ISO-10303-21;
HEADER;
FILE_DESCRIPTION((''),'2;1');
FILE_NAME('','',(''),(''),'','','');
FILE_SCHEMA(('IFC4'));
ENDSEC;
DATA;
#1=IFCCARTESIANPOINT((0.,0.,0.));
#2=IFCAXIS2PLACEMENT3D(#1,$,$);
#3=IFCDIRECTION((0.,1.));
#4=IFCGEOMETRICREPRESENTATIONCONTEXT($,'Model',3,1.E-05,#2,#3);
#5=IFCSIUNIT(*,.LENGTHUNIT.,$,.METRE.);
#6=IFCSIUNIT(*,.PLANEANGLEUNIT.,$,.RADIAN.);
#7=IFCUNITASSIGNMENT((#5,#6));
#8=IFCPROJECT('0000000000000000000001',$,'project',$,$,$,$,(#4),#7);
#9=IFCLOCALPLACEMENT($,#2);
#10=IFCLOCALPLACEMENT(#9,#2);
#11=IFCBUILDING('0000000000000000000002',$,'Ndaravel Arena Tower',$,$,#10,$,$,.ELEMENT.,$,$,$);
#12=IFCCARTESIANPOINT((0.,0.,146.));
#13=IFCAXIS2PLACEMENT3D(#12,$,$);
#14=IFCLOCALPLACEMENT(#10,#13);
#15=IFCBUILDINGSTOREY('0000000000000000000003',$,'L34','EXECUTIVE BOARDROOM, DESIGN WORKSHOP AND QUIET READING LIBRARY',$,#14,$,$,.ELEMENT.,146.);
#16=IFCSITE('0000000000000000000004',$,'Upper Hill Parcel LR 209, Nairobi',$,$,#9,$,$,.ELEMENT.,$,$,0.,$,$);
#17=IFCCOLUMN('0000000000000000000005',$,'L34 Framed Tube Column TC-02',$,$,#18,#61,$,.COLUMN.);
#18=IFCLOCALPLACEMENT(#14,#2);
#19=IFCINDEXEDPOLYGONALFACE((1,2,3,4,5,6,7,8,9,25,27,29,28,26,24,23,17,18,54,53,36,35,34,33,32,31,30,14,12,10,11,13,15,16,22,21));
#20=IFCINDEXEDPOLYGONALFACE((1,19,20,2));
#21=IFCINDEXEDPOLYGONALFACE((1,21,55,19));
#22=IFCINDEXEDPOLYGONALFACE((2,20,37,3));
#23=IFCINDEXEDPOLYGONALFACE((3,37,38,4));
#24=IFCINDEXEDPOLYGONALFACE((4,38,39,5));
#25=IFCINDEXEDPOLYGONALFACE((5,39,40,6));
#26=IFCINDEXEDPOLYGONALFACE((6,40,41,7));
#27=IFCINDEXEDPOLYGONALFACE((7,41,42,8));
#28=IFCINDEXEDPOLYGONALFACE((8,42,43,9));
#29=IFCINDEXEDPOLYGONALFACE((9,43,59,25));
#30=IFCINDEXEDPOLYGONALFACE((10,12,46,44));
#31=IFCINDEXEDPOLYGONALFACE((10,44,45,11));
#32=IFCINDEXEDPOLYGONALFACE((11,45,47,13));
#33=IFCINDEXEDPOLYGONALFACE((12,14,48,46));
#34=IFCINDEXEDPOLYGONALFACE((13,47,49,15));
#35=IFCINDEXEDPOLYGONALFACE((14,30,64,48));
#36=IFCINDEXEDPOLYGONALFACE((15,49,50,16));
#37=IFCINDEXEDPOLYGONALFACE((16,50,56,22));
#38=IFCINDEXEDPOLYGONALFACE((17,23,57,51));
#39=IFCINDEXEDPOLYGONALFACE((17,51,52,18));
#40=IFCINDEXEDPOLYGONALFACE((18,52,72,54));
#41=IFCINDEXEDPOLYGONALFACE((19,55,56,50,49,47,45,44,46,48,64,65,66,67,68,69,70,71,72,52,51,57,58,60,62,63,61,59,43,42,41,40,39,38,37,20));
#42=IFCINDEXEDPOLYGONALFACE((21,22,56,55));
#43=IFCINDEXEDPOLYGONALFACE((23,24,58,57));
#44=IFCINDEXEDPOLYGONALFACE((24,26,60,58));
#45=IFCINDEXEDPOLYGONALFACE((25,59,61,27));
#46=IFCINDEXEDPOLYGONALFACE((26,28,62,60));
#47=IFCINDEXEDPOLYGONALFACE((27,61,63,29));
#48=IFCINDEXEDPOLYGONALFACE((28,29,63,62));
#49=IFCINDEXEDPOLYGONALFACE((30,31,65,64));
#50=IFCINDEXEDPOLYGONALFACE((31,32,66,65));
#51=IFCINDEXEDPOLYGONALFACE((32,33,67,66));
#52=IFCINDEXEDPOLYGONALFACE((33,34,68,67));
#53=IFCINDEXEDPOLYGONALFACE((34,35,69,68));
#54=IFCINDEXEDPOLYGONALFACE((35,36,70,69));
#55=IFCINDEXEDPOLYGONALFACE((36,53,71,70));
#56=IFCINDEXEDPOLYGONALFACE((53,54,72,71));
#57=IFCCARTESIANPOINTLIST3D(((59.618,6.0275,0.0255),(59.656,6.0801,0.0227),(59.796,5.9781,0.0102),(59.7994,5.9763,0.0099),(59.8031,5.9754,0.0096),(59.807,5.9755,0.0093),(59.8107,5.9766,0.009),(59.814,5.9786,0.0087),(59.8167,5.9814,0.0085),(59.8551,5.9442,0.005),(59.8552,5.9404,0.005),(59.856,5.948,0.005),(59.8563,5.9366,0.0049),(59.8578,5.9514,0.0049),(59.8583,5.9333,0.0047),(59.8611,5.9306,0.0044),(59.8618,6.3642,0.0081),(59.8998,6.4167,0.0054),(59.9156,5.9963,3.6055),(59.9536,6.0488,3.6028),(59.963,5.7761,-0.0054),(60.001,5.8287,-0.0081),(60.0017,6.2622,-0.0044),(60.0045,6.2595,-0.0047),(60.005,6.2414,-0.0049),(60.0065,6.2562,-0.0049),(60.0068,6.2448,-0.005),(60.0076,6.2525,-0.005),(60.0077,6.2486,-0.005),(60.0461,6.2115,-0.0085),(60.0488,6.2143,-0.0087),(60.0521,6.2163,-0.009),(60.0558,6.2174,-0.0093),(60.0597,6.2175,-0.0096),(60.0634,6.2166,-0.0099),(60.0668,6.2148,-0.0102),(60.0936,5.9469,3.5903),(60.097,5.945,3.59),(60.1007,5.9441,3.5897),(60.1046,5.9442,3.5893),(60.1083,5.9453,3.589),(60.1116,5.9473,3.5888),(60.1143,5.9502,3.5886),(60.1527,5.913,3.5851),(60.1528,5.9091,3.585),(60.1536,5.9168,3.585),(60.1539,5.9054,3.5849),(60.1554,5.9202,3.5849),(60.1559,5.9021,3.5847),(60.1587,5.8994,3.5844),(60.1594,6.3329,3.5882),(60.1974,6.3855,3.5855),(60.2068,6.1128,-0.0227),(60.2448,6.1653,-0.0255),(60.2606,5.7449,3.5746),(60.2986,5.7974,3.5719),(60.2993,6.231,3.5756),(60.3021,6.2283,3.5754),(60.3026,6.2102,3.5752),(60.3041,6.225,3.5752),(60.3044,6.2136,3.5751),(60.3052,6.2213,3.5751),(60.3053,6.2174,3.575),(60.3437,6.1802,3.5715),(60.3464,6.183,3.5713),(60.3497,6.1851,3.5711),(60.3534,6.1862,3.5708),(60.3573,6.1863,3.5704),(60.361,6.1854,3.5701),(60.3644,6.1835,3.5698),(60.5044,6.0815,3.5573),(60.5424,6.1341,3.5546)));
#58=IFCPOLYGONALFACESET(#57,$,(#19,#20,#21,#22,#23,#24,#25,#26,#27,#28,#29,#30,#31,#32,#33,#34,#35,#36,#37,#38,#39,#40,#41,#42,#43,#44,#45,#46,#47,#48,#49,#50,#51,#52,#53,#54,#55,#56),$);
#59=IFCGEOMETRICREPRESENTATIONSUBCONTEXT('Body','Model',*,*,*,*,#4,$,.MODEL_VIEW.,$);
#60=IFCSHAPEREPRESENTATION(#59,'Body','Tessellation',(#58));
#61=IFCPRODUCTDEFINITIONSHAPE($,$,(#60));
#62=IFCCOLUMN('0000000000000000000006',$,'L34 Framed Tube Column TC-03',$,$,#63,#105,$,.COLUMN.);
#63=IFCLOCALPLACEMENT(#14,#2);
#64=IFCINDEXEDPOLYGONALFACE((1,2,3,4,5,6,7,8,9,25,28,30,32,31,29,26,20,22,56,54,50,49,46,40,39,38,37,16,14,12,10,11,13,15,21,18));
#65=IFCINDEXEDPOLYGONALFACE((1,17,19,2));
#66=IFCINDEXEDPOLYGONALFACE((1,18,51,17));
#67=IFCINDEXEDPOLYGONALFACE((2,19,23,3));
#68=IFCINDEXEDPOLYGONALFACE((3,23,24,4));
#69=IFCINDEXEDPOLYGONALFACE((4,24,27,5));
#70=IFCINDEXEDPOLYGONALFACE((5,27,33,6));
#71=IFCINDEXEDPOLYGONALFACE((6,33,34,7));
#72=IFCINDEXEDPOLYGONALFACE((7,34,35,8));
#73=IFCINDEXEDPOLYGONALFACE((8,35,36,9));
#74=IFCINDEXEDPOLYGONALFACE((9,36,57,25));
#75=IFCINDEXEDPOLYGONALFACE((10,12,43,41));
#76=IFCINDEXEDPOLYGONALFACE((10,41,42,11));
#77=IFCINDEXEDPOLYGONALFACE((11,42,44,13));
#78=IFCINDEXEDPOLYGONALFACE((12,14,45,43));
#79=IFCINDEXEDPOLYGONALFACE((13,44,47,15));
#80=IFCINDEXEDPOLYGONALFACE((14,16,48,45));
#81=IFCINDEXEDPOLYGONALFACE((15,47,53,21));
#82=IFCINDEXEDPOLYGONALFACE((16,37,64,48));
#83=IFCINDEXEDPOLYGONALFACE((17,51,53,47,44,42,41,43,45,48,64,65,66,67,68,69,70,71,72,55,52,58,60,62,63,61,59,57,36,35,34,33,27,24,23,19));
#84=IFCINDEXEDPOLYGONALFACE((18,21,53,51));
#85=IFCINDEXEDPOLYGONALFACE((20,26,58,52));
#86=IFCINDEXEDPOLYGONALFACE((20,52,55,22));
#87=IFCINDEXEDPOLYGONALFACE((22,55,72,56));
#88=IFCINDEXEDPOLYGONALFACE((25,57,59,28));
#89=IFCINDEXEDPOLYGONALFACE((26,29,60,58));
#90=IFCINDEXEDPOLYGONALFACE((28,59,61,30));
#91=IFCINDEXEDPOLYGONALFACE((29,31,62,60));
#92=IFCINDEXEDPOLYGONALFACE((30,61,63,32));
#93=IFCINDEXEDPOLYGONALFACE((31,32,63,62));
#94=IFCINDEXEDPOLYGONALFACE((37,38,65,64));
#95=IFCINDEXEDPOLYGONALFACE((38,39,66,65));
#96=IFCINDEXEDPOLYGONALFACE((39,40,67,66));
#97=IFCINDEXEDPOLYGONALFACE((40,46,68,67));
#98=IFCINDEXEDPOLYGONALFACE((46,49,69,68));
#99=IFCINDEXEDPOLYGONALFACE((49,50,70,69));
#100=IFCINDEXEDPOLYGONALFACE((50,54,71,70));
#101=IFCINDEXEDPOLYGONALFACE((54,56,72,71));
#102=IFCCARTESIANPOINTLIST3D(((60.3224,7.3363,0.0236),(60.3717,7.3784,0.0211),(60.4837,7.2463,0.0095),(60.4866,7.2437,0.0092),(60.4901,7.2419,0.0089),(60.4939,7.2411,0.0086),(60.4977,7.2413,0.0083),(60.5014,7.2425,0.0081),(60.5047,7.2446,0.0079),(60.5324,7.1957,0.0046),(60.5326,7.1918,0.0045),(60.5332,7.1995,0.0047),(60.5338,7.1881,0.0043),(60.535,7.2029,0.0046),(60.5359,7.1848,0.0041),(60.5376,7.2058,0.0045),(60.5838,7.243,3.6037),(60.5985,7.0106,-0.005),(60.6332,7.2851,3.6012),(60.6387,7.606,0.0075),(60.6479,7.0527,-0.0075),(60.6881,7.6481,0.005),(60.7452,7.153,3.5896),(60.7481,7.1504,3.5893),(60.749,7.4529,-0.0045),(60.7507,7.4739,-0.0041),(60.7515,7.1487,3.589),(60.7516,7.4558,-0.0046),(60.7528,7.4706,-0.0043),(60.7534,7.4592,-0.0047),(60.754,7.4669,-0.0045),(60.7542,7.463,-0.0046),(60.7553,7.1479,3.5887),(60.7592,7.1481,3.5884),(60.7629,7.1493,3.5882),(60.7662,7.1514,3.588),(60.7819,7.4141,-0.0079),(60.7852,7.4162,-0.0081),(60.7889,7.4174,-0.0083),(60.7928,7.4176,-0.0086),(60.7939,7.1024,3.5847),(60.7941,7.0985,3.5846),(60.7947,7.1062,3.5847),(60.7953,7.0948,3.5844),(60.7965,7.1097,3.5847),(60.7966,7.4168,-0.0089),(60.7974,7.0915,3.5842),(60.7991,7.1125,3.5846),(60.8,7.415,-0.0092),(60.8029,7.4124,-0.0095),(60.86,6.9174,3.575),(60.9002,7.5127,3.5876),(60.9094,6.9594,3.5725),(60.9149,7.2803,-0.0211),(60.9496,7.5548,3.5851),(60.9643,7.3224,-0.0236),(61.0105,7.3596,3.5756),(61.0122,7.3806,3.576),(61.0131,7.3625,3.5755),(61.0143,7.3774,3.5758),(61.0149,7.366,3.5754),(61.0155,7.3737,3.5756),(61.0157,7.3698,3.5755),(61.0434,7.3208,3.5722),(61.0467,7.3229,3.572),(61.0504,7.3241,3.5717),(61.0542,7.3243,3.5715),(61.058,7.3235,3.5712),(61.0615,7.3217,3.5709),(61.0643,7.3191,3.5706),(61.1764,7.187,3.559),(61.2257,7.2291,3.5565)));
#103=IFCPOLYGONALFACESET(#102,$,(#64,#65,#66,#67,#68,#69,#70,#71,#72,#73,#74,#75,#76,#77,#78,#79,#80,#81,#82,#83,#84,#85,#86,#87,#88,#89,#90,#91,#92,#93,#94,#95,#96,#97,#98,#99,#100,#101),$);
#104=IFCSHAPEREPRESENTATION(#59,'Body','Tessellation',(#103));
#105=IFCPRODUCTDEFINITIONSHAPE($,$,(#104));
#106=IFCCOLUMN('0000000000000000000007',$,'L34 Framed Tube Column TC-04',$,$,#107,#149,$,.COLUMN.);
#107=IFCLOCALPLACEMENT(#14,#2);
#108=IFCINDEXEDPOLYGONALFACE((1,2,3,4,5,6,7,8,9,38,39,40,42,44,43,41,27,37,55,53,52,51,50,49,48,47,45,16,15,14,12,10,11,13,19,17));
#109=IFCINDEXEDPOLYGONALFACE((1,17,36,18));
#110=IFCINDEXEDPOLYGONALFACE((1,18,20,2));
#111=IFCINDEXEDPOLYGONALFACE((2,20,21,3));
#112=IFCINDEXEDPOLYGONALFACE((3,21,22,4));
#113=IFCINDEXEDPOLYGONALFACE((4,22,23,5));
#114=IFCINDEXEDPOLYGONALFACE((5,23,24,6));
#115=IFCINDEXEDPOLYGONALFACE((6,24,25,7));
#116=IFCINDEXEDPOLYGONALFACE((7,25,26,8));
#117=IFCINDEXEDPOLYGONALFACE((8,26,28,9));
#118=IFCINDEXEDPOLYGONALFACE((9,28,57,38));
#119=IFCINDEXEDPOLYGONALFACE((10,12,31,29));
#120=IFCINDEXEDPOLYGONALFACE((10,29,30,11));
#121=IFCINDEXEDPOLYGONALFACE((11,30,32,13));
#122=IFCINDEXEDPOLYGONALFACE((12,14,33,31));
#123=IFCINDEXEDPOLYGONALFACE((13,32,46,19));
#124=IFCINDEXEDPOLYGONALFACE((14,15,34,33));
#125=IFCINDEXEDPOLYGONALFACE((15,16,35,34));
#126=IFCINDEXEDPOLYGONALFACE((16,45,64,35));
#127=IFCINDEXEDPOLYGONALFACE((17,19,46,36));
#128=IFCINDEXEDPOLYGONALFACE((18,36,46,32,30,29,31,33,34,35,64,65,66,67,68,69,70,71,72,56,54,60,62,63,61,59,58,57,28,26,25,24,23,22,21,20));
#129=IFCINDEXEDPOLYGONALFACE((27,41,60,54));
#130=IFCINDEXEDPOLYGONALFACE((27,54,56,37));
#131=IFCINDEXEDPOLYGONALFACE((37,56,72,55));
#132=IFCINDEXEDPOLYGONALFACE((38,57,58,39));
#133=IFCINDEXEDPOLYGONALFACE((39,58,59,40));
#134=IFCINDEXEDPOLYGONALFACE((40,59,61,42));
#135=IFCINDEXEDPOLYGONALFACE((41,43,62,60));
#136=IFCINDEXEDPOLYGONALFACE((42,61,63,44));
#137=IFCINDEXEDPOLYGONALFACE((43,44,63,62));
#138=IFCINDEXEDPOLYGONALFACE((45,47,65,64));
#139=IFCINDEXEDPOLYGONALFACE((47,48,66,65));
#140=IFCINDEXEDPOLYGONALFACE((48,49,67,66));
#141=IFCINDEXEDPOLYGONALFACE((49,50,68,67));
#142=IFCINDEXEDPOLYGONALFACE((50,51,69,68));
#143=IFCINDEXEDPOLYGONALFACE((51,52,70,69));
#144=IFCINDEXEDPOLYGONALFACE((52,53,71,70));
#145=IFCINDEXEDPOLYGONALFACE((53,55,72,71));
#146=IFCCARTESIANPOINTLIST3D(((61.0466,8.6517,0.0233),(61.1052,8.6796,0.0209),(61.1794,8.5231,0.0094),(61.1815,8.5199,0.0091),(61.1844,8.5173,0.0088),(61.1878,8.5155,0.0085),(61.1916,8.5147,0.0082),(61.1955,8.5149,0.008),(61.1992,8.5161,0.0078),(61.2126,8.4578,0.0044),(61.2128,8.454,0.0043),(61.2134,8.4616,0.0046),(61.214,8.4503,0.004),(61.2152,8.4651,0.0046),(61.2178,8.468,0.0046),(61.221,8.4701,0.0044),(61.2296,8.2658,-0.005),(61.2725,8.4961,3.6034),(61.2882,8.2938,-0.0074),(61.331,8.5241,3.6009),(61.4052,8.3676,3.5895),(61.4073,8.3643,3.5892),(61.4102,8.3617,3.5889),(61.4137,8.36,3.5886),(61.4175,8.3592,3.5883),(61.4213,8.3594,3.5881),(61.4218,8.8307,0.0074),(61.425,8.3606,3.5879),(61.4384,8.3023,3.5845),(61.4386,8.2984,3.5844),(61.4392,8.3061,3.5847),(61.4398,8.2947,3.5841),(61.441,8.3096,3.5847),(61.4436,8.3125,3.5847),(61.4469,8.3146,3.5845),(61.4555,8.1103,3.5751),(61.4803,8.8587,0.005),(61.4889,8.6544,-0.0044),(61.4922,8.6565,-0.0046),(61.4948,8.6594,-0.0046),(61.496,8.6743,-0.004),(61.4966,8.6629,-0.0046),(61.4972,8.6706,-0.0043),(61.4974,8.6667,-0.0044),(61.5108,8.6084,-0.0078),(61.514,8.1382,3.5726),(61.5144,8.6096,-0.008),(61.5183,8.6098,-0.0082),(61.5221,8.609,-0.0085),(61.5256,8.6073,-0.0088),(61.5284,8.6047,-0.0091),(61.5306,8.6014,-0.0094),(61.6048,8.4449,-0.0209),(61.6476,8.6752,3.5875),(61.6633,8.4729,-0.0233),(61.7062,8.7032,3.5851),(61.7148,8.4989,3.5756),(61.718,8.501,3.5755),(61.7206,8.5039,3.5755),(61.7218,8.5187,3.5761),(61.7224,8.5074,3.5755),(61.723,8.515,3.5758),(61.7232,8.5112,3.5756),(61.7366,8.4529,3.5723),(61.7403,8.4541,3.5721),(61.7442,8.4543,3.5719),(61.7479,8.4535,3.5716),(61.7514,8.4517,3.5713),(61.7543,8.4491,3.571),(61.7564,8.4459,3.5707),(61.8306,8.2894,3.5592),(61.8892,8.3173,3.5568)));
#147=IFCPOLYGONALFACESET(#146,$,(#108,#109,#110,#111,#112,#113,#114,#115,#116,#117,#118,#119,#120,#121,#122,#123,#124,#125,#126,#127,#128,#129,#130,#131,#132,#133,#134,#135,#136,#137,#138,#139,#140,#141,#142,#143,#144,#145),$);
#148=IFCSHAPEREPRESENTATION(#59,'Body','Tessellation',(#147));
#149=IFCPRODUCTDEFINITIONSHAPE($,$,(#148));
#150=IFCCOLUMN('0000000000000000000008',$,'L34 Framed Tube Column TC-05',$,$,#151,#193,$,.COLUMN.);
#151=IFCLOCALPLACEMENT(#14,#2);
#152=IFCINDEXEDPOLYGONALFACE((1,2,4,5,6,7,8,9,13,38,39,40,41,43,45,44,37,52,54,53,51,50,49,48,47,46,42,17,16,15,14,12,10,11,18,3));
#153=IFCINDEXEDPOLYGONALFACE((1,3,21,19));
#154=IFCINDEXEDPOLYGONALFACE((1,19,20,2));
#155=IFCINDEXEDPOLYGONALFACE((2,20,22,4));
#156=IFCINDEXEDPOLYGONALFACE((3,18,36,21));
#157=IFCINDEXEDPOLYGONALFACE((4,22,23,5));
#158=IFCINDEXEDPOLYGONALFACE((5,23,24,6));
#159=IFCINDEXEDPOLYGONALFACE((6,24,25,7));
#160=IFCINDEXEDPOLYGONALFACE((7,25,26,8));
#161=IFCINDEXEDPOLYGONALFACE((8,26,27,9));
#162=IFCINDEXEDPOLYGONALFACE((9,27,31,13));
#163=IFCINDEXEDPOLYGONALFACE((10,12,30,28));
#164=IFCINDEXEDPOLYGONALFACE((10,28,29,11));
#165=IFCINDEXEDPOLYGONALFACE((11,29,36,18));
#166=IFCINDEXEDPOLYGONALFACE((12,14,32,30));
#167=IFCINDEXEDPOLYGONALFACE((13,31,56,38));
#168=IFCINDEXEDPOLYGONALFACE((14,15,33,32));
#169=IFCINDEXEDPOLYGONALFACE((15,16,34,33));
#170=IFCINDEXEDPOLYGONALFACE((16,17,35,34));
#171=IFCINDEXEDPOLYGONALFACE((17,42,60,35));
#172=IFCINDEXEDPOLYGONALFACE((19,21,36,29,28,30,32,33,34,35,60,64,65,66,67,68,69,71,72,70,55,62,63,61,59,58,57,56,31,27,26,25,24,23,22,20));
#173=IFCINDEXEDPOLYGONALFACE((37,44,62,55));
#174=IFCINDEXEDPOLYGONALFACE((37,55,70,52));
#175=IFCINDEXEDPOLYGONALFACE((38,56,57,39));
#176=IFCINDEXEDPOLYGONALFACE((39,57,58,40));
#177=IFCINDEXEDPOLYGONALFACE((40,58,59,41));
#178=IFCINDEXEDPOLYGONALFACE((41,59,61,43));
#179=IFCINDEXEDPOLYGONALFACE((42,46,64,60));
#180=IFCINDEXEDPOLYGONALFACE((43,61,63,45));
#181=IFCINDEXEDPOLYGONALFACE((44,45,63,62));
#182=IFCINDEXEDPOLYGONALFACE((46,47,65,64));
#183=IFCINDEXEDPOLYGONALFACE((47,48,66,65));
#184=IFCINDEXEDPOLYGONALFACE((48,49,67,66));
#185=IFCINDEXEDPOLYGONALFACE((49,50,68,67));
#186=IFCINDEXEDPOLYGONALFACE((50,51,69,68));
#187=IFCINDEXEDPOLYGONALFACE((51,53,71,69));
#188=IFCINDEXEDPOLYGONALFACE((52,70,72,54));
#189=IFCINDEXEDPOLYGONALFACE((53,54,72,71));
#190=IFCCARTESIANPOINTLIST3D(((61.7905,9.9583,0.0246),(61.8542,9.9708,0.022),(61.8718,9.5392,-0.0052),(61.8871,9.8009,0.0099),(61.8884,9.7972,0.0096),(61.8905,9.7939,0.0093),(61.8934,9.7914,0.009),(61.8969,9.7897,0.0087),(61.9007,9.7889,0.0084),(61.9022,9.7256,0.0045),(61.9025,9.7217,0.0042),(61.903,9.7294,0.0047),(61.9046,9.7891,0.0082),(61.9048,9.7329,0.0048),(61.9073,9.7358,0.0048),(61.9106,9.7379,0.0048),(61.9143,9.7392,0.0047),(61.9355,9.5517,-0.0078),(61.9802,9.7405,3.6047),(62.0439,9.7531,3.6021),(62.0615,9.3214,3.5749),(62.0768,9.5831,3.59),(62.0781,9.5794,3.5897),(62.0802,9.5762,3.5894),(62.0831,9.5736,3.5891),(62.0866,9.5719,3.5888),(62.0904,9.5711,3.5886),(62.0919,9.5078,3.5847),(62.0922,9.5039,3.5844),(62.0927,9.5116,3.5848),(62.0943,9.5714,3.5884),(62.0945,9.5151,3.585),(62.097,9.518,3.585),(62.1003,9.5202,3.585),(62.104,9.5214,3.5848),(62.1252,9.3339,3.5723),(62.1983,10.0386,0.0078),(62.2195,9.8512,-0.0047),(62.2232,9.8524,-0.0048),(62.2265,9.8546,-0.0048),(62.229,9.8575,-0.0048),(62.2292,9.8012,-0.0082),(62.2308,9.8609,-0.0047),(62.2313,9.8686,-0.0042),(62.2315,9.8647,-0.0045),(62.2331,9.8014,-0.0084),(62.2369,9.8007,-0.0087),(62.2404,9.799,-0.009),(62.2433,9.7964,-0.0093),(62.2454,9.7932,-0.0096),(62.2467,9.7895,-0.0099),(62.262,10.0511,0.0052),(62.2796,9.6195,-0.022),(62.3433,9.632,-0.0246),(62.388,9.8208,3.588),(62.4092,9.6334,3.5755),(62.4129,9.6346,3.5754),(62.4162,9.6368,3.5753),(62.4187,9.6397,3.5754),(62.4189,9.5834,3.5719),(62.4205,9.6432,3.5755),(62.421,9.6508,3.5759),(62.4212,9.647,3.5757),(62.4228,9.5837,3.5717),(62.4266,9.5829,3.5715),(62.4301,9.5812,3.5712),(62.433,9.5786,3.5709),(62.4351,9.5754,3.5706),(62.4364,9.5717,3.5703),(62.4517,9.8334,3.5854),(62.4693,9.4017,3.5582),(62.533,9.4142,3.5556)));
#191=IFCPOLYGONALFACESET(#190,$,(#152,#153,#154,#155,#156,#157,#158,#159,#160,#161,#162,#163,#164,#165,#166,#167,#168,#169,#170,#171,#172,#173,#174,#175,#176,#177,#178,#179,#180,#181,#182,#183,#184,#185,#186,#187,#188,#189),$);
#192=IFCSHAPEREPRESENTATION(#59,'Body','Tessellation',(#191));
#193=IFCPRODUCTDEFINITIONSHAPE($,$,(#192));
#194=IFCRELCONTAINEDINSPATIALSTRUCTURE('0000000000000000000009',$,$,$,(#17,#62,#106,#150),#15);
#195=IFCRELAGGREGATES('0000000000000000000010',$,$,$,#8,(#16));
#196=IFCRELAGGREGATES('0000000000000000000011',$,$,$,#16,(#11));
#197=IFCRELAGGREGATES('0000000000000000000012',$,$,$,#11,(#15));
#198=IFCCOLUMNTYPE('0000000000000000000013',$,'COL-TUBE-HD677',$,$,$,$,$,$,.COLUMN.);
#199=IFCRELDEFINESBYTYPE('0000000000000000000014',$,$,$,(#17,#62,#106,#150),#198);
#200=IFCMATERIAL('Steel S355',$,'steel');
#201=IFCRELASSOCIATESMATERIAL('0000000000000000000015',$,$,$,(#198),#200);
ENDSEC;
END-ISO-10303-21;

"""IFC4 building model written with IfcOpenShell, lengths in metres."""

from ifc_helpers import new_model, si_unit, direction, frame, origin, origin_2d, place, context, subcontext, project, spatial, i_section, extrude, material, material_profile, profile_set, type_object, element, save


model = new_model("IFC4")

# Units and contexts
model_context = context("Model", 3, precision=1e-05, world=origin(), true_north=direction((0.0, 1.0)))
body_context = subcontext(model_context, "Body", "Model", "MODEL_VIEW")
ifc_project = project(units=[si_unit("LENGTHUNIT", "METRE"), si_unit("PLANEANGLEUNIT", "RADIAN")], contexts=[model_context])

# Site, building, storey
site_placement = place(None, origin())
site = spatial("IfcSite", under=ifc_project, at=site_placement, Name="Upper Hill Parcel LR 209, Nairobi", CompositionType="ELEMENT", RefElevation=0.0)
building_placement = place(site_placement, origin())
building = spatial("IfcBuilding", under=site, at=building_placement, Name="Ndaravel Arena Tower", CompositionType="ELEMENT")
storey_placement = place(building_placement, frame((0.0, 0.0, 146.0)))
storey = spatial("IfcBuildingStorey", under=building, at=storey_placement, Name="L34", Description="EXECUTIVE BOARDROOM, DESIGN WORKSHOP AND QUIET READING LIBRARY", CompositionType="ELEMENT", Elevation=146.0)

# Columns
ifc_material_1 = material(Name="Steel S355", Category="steel")
ifc_material_profile_1 = material_profile(ifc_material_1, i_section(OverallWidth=0.428, OverallDepth=0.481, WebThickness=0.051, FlangeThickness=0.0649, FilletRadius=0.0149, at=origin_2d()), Name="HD 400x677")
ifc_profile_set_1 = profile_set([ifc_material_profile_1], Name="Steel S355")
column_type = type_object("IfcColumnType", Name="COL-TUBE-HD677", PredefinedType="COLUMN", material=ifc_profile_set_1)
column_1_placement = place(storey_placement, frame((59.9314, 6.0964, 0.0), z_axis=(0.08284, -0.008699, 0.996525), x_axis=(-0.806082, 0.587391, 0.072136)))
element("IfcColumn", 1, at=column_1_placement, inside=storey, type_object=column_type, Name="L34 Framed Tube Column TC-02", PredefinedType="COLUMN", context=body_context, shape_type="SweptSolid", body=[
    extrude(i_section(OverallWidth=0.428, OverallDepth=0.481, WebThickness=0.051, FlangeThickness=0.0649, FilletRadius=0.0149, at=origin_2d()), origin(), (0.0, 0.0, 1.0), 3.5925),
])
column_2_placement = place(storey_placement, frame((60.6433, 7.3293, 0.0), z_axis=(0.072817, -0.025972, 0.997007), x_axis=(-0.645278, 0.761008, 0.066953)))
element("IfcColumn", 2, at=column_2_placement, inside=storey, type_object=column_type, Name="L34 Framed Tube Column TC-03", PredefinedType="COLUMN", context=body_context, shape_type="SweptSolid", body=[
    extrude(i_section(OverallWidth=0.428, OverallDepth=0.481, WebThickness=0.051, FlangeThickness=0.0649, FilletRadius=0.0149, at=origin_2d()), origin(), (0.0, 0.0, 1.0), 3.5908),
])
column_3_placement = place(storey_placement, frame((61.355, 8.5623, 0.0), z_axis=(0.062895, -0.043313, 0.99708), x_axis=(-0.42759, 0.90155, 0.066135)))
element("IfcColumn", 3, at=column_3_placement, inside=storey, type_object=column_type, Name="L34 Framed Tube Column TC-04", PredefinedType="COLUMN", context=body_context, shape_type="SweptSolid", body=[
    extrude(i_section(OverallWidth=0.428, OverallDepth=0.481, WebThickness=0.051, FlangeThickness=0.0649, FilletRadius=0.0149, at=origin_2d()), origin(), (0.0, 0.0, 1.0), 3.5906),
])
column_4_placement = place(storey_placement, frame((62.0669, 9.7952, 0.0), z_axis=(0.052815, -0.060632, 0.996762), x_axis=(-0.189967, 0.979318, 0.069637)))
element("IfcColumn", 4, at=column_4_placement, inside=storey, type_object=column_type, Name="L34 Framed Tube Column TC-05", PredefinedType="COLUMN", context=body_context, shape_type="SweptSolid", body=[
    extrude(i_section(OverallWidth=0.428, OverallDepth=0.481, WebThickness=0.051, FlangeThickness=0.0649, FilletRadius=0.0149, at=origin_2d()), origin(), (0.0, 0.0, 1.0), 3.5918),
])

save(model, "model.ifc")
